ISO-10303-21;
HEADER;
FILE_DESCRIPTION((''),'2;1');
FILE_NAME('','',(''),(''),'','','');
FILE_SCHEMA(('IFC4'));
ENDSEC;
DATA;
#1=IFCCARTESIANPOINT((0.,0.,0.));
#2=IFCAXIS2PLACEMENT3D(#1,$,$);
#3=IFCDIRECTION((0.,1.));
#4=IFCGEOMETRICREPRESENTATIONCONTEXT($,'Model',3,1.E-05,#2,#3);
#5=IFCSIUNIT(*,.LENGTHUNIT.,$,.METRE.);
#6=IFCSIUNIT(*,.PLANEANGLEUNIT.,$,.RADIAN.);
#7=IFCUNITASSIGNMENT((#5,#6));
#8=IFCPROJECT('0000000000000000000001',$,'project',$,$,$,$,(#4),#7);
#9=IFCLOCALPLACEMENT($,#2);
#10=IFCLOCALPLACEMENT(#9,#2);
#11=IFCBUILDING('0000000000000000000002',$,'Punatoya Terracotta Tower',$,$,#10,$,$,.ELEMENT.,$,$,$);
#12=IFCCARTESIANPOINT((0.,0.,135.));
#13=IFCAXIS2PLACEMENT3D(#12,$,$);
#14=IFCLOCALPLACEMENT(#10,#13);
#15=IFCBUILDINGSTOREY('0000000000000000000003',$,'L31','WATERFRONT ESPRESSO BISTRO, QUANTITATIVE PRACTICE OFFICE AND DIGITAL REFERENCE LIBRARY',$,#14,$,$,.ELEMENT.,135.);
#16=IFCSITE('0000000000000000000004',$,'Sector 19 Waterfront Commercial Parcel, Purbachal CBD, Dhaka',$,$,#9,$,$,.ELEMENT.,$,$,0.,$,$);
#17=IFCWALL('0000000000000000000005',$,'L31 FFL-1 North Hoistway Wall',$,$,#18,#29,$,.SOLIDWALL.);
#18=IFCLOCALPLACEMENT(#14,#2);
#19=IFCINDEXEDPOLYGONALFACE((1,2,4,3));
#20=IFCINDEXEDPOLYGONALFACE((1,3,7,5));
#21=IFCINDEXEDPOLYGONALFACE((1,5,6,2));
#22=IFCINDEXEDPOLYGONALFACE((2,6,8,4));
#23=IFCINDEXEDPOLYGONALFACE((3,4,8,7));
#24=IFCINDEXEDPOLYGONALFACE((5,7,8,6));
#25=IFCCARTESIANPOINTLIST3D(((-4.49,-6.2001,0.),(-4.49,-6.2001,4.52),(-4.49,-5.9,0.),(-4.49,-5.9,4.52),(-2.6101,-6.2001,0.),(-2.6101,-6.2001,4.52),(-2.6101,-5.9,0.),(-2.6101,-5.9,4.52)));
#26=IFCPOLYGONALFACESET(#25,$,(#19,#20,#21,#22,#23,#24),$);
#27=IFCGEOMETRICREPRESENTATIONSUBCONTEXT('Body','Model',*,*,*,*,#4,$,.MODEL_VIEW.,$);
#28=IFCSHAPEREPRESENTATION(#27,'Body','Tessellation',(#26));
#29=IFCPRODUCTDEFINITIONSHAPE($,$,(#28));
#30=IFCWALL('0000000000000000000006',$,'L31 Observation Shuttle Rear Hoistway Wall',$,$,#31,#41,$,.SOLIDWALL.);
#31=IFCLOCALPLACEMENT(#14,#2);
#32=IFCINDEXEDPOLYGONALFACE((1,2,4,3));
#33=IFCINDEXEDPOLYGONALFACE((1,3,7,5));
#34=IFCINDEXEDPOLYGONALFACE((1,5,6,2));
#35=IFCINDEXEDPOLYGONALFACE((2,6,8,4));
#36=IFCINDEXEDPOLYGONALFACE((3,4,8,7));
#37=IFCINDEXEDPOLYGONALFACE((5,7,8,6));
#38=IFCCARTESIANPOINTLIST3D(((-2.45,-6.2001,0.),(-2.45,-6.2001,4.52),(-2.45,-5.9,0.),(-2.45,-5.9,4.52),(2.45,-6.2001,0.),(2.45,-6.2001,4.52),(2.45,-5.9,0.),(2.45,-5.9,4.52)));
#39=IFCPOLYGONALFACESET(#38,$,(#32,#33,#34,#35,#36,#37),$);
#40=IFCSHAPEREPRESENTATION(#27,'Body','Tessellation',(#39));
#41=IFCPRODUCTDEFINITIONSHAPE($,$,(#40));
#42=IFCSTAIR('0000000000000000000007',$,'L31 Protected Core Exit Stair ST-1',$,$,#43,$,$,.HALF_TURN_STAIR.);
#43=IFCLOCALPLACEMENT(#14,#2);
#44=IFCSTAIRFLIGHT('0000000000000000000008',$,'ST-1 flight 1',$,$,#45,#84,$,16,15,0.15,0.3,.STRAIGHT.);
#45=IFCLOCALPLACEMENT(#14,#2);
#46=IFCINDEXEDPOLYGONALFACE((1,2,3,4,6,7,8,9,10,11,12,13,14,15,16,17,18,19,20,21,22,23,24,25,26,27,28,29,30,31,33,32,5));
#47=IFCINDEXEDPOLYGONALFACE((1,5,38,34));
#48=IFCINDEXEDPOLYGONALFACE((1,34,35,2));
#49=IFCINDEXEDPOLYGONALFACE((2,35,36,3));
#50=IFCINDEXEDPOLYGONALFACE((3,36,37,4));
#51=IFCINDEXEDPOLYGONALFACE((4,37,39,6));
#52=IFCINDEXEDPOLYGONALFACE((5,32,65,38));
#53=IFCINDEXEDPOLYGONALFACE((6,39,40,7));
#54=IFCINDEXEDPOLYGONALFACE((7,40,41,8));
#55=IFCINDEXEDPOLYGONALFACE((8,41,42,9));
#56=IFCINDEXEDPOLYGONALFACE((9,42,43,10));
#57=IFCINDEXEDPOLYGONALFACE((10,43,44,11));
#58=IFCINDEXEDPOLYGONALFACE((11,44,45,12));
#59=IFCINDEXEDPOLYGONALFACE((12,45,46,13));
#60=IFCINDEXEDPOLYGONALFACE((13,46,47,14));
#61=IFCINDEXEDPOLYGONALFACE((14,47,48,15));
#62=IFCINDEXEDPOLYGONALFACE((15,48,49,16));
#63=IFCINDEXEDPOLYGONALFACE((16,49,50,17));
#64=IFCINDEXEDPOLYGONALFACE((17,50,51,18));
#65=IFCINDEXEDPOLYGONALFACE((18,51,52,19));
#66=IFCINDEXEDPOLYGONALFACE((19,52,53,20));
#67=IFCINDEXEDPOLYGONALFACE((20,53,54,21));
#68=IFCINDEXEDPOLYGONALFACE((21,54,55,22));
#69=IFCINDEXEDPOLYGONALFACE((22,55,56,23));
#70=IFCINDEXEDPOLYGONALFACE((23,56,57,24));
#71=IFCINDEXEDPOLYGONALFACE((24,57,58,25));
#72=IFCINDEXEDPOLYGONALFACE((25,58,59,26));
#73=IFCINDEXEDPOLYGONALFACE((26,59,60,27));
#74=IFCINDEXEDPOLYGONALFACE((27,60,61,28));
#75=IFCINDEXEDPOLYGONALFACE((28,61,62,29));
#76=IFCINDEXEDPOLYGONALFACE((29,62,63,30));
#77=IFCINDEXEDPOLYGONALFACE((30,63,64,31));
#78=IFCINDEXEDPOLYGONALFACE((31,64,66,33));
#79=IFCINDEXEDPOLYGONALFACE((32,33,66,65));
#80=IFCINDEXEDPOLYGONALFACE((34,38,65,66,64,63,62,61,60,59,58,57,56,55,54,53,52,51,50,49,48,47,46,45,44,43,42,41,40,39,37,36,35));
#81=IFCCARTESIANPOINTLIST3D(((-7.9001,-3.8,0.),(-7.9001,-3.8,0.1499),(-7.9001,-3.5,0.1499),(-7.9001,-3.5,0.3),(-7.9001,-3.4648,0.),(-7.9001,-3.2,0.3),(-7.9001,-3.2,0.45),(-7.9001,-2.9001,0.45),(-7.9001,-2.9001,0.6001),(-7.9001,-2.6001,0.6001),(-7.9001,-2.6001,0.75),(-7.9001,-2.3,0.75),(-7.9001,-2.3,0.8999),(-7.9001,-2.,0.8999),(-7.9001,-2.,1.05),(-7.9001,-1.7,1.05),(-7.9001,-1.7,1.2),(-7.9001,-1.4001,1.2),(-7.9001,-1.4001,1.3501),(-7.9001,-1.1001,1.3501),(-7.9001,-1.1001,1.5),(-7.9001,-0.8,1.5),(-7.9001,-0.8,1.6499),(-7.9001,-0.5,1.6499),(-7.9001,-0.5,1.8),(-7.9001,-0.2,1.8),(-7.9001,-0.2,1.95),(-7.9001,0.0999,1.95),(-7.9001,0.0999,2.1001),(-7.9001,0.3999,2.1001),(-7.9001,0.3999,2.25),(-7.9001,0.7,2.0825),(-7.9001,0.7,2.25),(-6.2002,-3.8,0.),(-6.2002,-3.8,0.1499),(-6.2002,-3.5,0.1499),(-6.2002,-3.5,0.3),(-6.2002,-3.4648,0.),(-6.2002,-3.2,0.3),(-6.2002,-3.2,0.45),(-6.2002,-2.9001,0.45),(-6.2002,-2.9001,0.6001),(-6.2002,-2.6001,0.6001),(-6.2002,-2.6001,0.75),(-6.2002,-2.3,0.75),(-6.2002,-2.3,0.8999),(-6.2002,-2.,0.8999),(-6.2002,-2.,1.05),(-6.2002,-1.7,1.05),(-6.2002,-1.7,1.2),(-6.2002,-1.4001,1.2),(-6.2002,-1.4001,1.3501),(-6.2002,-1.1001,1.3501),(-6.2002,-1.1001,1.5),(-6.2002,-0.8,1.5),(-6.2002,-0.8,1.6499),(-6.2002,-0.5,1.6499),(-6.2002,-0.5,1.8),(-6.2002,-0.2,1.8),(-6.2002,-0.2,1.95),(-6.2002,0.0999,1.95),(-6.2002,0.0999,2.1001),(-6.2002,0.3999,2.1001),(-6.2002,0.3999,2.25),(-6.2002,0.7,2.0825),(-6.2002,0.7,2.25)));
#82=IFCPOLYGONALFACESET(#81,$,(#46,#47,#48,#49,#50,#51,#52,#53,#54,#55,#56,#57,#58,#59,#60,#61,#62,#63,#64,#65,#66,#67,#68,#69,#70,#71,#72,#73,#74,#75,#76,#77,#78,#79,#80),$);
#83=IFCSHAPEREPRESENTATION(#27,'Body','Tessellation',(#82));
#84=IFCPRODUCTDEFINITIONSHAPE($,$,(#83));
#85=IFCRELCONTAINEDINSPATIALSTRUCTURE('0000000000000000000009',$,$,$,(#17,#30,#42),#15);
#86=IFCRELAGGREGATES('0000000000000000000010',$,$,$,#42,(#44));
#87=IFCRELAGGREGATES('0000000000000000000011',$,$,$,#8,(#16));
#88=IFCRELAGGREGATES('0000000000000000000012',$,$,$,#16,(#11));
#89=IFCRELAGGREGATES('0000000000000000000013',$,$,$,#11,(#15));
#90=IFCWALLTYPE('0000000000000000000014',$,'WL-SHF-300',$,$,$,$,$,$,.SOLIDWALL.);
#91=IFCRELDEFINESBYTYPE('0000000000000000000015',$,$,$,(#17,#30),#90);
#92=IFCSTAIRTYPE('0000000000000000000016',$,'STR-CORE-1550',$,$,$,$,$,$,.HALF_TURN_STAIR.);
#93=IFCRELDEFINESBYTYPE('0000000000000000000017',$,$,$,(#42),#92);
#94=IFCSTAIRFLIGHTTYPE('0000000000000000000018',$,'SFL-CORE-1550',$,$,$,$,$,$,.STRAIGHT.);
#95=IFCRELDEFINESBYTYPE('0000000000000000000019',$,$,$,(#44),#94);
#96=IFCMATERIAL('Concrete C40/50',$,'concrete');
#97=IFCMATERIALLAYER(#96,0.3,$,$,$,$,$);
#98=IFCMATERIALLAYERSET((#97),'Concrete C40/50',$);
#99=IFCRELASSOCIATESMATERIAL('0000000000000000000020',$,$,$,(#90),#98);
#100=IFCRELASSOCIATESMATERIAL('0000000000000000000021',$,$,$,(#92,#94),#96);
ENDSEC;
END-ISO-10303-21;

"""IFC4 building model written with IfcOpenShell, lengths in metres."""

from ifc_helpers import new_model, si_unit, direction, frame, frame_2d, origin, place, context, subcontext, project, spatial, polyline, rectangle, outline, extrude, material, layer, layer_set, type_object, element, aggregate, save


model = new_model("IFC4")

# Units and contexts
model_context = context("Model", 3, precision=1e-05, world=origin(), true_north=direction((0.0, 1.0)))
body_context = subcontext(model_context, "Body", "Model", "MODEL_VIEW")
ifc_project = project(units=[si_unit("LENGTHUNIT", "METRE"), si_unit("PLANEANGLEUNIT", "RADIAN")], contexts=[model_context])

# Site, building, storey
site_placement = place(None, origin())
site = spatial("IfcSite", under=ifc_project, at=site_placement, Name="Sector 19 Waterfront Commercial Parcel, Purbachal CBD, Dhaka", CompositionType="ELEMENT", RefElevation=0.0)
building_placement = place(site_placement, origin())
building = spatial("IfcBuilding", under=site, at=building_placement, Name="Punatoya Terracotta Tower", CompositionType="ELEMENT")
storey_placement = place(building_placement, frame((0.0, 0.0, 135.0)))
storey = spatial("IfcBuildingStorey", under=building, at=storey_placement, Name="L31", Description="WATERFRONT ESPRESSO BISTRO, QUANTITATIVE PRACTICE OFFICE AND DIGITAL REFERENCE LIBRARY", CompositionType="ELEMENT", Elevation=135.0)

# Shared definitions
ifc_material_1 = material(Name="Concrete C40/50", Category="concrete")

# Walls
ifc_layer_1 = layer(ifc_material_1, 0.3)
ifc_layer_set_1 = layer_set([ifc_layer_1], Name="Concrete C40/50")
wall_type_1 = type_object("IfcWallType", Name="WL-SHF-300", PredefinedType="SOLIDWALL", material=ifc_layer_set_1)
wall_1_placement = place(storey_placement, frame((-4.49, -6.05, 0.0), z_axis=(0.0, 0.0, 1.0), x_axis=(1.0, 0.0, 0.0)))
element("IfcWall", 1, at=wall_1_placement, inside=storey, type_object=wall_type_1, Name="L31 FFL-1 North Hoistway Wall", PredefinedType="SOLIDWALL", context=body_context, shape_type="SweptSolid", body=[
    extrude(rectangle(XDim=1.8799, YDim=0.3, at=frame_2d((0.9399, 0.0))), origin(), (0.0, 0.0, 1.0), 4.52),
])
wall_2_placement = place(storey_placement, frame((-2.45, -6.05, 0.0), z_axis=(0.0, 0.0, 1.0), x_axis=(1.0, 0.0, 0.0)))
element("IfcWall", 2, at=wall_2_placement, inside=storey, type_object=wall_type_1, Name="L31 Observation Shuttle Rear Hoistway Wall", PredefinedType="SOLIDWALL", context=body_context, shape_type="SweptSolid", body=[
    extrude(rectangle(XDim=4.8999, YDim=0.3, at=frame_2d((2.45, 0.0))), origin(), (0.0, 0.0, 1.0), 4.52),
])

# Stair, stair flight
stair_type = type_object("IfcStairType", Name="STR-CORE-1550", PredefinedType="HALF_TURN_STAIR", material=ifc_material_1)
stair_placement = place(storey_placement, origin())
stair = element("IfcStair", 3, at=stair_placement, inside=storey, type_object=stair_type, Name="L31 Protected Core Exit Stair ST-1", PredefinedType="HALF_TURN_STAIR")
stair_flight_type = type_object("IfcStairFlightType", Name="SFL-CORE-1550", PredefinedType="STRAIGHT", material=ifc_material_1)
stair_flight_placement = place(storey_placement, frame((-7.05, -3.8, 0.0), z_axis=(0.0, 0.0, 1.0), x_axis=(0.0, 1.0, 0.0)))
stair_flight = element("IfcStairFlight", 4, at=stair_flight_placement, type_object=stair_flight_type, Name="ST-1 flight 1", NumberOfRisers=16, NumberOfTreads=15, PredefinedType="STRAIGHT", RiserHeight=0.15, TreadLength=0.3, context=body_context, shape_type="SweptSolid", body=[
    extrude(outline(polyline([(0.0, 0.0), (0.0, 0.1499), (0.3, 0.1499), (0.3, 0.3), (0.6001, 0.3), (0.6001, 0.45), (0.8999, 0.45), (0.8999, 0.6001), (1.2, 0.6001), (1.2, 0.75), (1.5, 0.75), (1.5, 0.8999), (1.8, 0.8999), (1.8, 1.05), (2.1001, 1.05), (2.1001, 1.2), (2.3999, 1.2), (2.3999, 1.3501), (2.7, 1.3501), (2.7, 1.5), (3.0, 1.5), (3.0, 1.6499), (3.3, 1.6499), (3.3, 1.8), (3.6001, 1.8), (3.6001, 1.95), (3.8999, 1.95), (3.8999, 2.1001), (4.2, 2.1001), (4.2, 2.25), (4.5, 2.25), (4.5, 2.3999), (4.5, 2.0825), (0.3352, 0.0), (0.0, 0.0)])), frame((0.0, 0.8501, 0.0), z_axis=(0.0, -1.0, 0.0), x_axis=(1.0, 0.0, 0.0)), (0.0, 0.0, 1.0), 1.7),
])
aggregate(stair, [stair_flight])

save(model, "model.ifc")
